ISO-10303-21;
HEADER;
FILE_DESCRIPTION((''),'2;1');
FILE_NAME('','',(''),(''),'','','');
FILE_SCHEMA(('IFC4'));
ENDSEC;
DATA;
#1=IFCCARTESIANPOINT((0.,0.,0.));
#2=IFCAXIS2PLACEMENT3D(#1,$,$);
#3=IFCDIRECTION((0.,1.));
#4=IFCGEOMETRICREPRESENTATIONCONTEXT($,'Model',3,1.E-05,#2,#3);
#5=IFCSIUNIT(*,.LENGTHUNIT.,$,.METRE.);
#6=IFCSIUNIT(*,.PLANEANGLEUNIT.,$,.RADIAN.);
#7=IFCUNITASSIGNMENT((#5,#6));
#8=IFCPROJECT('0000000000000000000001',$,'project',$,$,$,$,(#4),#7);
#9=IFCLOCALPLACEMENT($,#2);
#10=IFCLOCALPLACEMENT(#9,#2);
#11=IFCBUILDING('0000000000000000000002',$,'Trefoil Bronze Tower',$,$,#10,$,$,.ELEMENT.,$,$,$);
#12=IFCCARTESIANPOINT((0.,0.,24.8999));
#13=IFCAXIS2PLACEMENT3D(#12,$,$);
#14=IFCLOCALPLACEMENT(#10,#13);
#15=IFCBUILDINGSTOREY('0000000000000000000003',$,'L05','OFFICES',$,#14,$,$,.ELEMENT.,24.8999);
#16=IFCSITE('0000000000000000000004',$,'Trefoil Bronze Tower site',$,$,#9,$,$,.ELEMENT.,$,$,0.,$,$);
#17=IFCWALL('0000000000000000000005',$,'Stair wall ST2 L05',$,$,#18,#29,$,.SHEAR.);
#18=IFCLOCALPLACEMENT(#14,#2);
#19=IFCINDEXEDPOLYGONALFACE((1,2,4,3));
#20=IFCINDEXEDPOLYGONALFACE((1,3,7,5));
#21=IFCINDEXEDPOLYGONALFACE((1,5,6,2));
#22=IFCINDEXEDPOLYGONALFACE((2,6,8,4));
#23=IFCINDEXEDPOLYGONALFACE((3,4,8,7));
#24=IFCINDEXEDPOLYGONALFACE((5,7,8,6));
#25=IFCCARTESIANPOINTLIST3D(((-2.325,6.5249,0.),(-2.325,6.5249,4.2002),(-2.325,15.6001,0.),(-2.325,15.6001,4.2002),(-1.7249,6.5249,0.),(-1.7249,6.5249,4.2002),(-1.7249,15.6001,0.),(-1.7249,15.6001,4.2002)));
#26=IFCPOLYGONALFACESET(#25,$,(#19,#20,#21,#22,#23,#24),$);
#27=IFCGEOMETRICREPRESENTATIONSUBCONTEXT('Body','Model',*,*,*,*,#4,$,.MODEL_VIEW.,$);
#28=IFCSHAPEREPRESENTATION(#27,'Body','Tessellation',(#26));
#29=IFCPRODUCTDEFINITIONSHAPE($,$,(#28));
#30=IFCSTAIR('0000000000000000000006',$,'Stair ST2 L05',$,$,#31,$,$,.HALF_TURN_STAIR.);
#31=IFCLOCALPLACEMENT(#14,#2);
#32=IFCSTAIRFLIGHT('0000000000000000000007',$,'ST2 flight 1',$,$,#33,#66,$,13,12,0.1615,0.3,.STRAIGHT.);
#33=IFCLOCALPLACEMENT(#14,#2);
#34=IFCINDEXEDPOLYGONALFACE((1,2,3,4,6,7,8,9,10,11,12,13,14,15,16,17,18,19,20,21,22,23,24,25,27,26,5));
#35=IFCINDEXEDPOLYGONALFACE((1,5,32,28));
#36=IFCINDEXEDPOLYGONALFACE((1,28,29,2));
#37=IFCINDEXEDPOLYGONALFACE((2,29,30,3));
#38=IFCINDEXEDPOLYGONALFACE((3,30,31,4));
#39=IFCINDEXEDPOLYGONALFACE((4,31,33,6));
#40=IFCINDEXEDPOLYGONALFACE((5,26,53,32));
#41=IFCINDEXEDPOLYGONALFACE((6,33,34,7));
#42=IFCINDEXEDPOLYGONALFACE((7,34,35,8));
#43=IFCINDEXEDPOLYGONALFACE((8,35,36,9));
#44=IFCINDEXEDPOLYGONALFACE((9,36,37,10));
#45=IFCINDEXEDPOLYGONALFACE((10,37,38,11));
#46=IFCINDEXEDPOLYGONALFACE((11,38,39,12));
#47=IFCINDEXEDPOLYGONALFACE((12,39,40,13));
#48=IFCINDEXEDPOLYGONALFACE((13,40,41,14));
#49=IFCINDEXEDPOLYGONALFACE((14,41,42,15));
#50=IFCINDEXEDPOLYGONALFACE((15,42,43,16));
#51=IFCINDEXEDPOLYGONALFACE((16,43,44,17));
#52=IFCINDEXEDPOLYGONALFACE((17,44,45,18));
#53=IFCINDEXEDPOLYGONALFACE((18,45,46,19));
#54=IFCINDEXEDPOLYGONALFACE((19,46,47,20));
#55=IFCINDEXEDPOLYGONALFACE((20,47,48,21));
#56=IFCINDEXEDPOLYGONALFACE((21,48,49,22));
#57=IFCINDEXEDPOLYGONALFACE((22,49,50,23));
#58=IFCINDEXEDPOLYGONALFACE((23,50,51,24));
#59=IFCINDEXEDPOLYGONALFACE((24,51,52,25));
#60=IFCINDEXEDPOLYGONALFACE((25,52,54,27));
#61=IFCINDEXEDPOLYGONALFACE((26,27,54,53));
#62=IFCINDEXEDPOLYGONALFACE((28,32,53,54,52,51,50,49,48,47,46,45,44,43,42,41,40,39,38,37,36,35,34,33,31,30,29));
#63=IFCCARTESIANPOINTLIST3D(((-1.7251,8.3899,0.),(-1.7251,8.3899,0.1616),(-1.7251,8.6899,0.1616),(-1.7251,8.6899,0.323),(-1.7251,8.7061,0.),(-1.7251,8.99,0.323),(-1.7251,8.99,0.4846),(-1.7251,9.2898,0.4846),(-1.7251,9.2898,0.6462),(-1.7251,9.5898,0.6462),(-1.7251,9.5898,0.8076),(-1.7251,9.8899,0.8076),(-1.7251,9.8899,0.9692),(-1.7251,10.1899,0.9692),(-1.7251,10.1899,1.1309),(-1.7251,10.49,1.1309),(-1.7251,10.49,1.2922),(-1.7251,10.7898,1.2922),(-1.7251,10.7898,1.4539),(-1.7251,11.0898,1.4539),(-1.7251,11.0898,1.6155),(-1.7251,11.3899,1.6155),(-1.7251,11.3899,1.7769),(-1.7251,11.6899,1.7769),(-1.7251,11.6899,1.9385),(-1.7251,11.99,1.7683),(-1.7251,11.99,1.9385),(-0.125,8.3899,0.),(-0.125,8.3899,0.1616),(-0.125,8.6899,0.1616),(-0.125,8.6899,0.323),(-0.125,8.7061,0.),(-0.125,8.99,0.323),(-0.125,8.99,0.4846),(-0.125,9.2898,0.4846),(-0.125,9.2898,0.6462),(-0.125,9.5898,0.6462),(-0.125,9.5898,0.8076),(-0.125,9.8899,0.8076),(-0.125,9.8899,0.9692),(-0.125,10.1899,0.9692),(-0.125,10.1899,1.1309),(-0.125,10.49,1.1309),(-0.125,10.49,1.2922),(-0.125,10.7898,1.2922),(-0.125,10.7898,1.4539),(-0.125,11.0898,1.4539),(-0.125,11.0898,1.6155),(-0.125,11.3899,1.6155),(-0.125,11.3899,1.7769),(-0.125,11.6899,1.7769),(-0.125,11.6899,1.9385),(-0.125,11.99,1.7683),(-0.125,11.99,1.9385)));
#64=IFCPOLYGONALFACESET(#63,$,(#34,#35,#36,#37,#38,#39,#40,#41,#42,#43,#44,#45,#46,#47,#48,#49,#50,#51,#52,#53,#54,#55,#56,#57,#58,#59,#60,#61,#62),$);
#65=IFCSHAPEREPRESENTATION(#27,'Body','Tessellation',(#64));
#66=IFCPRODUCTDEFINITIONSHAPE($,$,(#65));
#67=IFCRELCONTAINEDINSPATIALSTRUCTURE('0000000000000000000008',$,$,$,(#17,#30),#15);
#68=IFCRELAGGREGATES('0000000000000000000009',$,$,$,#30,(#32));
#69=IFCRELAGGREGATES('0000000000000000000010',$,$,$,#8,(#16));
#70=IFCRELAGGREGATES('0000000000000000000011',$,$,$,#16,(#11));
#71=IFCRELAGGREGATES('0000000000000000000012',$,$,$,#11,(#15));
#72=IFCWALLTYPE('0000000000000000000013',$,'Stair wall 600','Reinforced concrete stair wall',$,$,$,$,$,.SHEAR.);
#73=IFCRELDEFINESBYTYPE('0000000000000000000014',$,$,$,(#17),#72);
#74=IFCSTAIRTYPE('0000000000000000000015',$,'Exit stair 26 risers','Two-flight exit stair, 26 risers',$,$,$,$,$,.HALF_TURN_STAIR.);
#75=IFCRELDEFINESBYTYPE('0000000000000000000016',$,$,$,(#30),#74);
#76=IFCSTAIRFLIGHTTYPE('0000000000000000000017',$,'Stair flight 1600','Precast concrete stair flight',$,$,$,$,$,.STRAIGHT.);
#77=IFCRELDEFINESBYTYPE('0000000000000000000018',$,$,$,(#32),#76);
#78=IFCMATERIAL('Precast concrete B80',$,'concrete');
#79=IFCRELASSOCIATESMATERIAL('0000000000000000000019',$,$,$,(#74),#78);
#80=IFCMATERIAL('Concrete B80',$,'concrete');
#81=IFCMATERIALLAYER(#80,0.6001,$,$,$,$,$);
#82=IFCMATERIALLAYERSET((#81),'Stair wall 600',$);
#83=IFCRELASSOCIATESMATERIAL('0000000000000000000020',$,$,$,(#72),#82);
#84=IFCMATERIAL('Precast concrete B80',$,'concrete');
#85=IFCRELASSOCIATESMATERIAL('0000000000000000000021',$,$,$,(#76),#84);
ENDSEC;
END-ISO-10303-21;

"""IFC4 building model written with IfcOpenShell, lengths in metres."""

from ifc_helpers import new_model, si_unit, direction, frame, frame_2d, origin, place, context, subcontext, project, spatial, polyline, rectangle, outline, extrude, material, layer, layer_set, type_object, element, aggregate, save


model = new_model("IFC4")

# Units and contexts
model_context = context("Model", 3, precision=1e-05, world=origin(), true_north=direction((0.0, 1.0)))
body_context = subcontext(model_context, "Body", "Model", "MODEL_VIEW")
ifc_project = project(units=[si_unit("LENGTHUNIT", "METRE"), si_unit("PLANEANGLEUNIT", "RADIAN")], contexts=[model_context])

# Site, building, storey
site_placement = place(None, origin())
site = spatial("IfcSite", under=ifc_project, at=site_placement, Name="Trefoil Bronze Tower site", CompositionType="ELEMENT", RefElevation=0.0)
building_placement = place(site_placement, origin())
building = spatial("IfcBuilding", under=site, at=building_placement, Name="Trefoil Bronze Tower", CompositionType="ELEMENT")
storey_placement = place(building_placement, frame((0.0, 0.0, 24.8999)))
storey = spatial("IfcBuildingStorey", under=building, at=storey_placement, Name="L05", Description="OFFICES", CompositionType="ELEMENT", Elevation=24.8999)

# Shared definitions
ifc_material_1 = material(Name="Precast concrete B80", Category="concrete")
stair_type = type_object("IfcStairType", Name="Exit stair 26 risers", Description="Two-flight exit stair, 26 risers", PredefinedType="HALF_TURN_STAIR", material=ifc_material_1)

# Wall
ifc_material_2 = material(Name="Concrete B80", Category="concrete")
ifc_layer_1 = layer(ifc_material_2, 0.6001)
ifc_layer_set_1 = layer_set([ifc_layer_1], Name="Stair wall 600")
wall_type_1 = type_object("IfcWallType", Name="Stair wall 600", Description="Reinforced concrete stair wall", PredefinedType="SHEAR", material=ifc_layer_set_1)
wall_1_placement = place(storey_placement, frame((-2.0249, 6.5249, 0.0), z_axis=(0.0, 0.0, 1.0), x_axis=(0.0, 1.0, 0.0)))
element("IfcWall", 1, at=wall_1_placement, inside=storey, type_object=wall_type_1, Name="Stair wall ST2 L05", PredefinedType="SHEAR", context=body_context, shape_type="SweptSolid", body=[
    extrude(rectangle(XDim=9.0752, YDim=0.6001, at=frame_2d((4.5376, 0.0))), origin(), (0.0, 0.0, 1.0), 4.2002),
])

# Stair, stair flight
stair_1_placement = place(storey_placement, origin())
stair_1 = element("IfcStair", 2, at=stair_1_placement, inside=storey, type_object=stair_type, Name="Stair ST2 L05", PredefinedType="HALF_TURN_STAIR")
ifc_material_3 = material(Name="Precast concrete B80", Category="concrete")
stair_flight_type = type_object("IfcStairFlightType", Name="Stair flight 1600", Description="Precast concrete stair flight", PredefinedType="STRAIGHT", material=ifc_material_3)
stair_flight_placement = place(storey_placement, frame((-0.925, 8.3899, 0.0), z_axis=(0.0, 0.0, 1.0), x_axis=(0.0, 1.0, 0.0)))
stair_flight = element("IfcStairFlight", 3, at=stair_flight_placement, type_object=stair_flight_type, Name="ST2 flight 1", NumberOfRisers=13, NumberOfTreads=12, PredefinedType="STRAIGHT", RiserHeight=0.1615, TreadLength=0.3, context=body_context, shape_type="SweptSolid", body=[
    extrude(outline(polyline([(0.0, 0.0), (0.0, 0.1616), (0.3, 0.1616), (0.3, 0.323), (0.6001, 0.323), (0.6001, 0.4846), (0.8999, 0.4846), (0.8999, 0.6462), (1.2, 0.6462), (1.2, 0.8076), (1.5, 0.8076), (1.5, 0.9692), (1.8, 0.9692), (1.8, 1.1309), (2.1001, 1.1309), (2.1001, 1.2922), (2.3999, 1.2922), (2.3999, 1.4539), (2.7, 1.4539), (2.7, 1.6155), (3.0, 1.6155), (3.0, 1.7769), (3.3, 1.7769), (3.3, 1.9385), (3.6001, 1.9385), (3.6001, 2.1001), (3.6001, 1.7683), (0.3162, 0.0), (0.0, 0.0)])), frame((0.0, 0.8, 0.0), z_axis=(0.0, -1.0, 0.0), x_axis=(1.0, 0.0, 0.0)), (0.0, 0.0, 1.0), 1.6001),
])
aggregate(stair_1, [stair_flight])

save(model, "model.ifc")
